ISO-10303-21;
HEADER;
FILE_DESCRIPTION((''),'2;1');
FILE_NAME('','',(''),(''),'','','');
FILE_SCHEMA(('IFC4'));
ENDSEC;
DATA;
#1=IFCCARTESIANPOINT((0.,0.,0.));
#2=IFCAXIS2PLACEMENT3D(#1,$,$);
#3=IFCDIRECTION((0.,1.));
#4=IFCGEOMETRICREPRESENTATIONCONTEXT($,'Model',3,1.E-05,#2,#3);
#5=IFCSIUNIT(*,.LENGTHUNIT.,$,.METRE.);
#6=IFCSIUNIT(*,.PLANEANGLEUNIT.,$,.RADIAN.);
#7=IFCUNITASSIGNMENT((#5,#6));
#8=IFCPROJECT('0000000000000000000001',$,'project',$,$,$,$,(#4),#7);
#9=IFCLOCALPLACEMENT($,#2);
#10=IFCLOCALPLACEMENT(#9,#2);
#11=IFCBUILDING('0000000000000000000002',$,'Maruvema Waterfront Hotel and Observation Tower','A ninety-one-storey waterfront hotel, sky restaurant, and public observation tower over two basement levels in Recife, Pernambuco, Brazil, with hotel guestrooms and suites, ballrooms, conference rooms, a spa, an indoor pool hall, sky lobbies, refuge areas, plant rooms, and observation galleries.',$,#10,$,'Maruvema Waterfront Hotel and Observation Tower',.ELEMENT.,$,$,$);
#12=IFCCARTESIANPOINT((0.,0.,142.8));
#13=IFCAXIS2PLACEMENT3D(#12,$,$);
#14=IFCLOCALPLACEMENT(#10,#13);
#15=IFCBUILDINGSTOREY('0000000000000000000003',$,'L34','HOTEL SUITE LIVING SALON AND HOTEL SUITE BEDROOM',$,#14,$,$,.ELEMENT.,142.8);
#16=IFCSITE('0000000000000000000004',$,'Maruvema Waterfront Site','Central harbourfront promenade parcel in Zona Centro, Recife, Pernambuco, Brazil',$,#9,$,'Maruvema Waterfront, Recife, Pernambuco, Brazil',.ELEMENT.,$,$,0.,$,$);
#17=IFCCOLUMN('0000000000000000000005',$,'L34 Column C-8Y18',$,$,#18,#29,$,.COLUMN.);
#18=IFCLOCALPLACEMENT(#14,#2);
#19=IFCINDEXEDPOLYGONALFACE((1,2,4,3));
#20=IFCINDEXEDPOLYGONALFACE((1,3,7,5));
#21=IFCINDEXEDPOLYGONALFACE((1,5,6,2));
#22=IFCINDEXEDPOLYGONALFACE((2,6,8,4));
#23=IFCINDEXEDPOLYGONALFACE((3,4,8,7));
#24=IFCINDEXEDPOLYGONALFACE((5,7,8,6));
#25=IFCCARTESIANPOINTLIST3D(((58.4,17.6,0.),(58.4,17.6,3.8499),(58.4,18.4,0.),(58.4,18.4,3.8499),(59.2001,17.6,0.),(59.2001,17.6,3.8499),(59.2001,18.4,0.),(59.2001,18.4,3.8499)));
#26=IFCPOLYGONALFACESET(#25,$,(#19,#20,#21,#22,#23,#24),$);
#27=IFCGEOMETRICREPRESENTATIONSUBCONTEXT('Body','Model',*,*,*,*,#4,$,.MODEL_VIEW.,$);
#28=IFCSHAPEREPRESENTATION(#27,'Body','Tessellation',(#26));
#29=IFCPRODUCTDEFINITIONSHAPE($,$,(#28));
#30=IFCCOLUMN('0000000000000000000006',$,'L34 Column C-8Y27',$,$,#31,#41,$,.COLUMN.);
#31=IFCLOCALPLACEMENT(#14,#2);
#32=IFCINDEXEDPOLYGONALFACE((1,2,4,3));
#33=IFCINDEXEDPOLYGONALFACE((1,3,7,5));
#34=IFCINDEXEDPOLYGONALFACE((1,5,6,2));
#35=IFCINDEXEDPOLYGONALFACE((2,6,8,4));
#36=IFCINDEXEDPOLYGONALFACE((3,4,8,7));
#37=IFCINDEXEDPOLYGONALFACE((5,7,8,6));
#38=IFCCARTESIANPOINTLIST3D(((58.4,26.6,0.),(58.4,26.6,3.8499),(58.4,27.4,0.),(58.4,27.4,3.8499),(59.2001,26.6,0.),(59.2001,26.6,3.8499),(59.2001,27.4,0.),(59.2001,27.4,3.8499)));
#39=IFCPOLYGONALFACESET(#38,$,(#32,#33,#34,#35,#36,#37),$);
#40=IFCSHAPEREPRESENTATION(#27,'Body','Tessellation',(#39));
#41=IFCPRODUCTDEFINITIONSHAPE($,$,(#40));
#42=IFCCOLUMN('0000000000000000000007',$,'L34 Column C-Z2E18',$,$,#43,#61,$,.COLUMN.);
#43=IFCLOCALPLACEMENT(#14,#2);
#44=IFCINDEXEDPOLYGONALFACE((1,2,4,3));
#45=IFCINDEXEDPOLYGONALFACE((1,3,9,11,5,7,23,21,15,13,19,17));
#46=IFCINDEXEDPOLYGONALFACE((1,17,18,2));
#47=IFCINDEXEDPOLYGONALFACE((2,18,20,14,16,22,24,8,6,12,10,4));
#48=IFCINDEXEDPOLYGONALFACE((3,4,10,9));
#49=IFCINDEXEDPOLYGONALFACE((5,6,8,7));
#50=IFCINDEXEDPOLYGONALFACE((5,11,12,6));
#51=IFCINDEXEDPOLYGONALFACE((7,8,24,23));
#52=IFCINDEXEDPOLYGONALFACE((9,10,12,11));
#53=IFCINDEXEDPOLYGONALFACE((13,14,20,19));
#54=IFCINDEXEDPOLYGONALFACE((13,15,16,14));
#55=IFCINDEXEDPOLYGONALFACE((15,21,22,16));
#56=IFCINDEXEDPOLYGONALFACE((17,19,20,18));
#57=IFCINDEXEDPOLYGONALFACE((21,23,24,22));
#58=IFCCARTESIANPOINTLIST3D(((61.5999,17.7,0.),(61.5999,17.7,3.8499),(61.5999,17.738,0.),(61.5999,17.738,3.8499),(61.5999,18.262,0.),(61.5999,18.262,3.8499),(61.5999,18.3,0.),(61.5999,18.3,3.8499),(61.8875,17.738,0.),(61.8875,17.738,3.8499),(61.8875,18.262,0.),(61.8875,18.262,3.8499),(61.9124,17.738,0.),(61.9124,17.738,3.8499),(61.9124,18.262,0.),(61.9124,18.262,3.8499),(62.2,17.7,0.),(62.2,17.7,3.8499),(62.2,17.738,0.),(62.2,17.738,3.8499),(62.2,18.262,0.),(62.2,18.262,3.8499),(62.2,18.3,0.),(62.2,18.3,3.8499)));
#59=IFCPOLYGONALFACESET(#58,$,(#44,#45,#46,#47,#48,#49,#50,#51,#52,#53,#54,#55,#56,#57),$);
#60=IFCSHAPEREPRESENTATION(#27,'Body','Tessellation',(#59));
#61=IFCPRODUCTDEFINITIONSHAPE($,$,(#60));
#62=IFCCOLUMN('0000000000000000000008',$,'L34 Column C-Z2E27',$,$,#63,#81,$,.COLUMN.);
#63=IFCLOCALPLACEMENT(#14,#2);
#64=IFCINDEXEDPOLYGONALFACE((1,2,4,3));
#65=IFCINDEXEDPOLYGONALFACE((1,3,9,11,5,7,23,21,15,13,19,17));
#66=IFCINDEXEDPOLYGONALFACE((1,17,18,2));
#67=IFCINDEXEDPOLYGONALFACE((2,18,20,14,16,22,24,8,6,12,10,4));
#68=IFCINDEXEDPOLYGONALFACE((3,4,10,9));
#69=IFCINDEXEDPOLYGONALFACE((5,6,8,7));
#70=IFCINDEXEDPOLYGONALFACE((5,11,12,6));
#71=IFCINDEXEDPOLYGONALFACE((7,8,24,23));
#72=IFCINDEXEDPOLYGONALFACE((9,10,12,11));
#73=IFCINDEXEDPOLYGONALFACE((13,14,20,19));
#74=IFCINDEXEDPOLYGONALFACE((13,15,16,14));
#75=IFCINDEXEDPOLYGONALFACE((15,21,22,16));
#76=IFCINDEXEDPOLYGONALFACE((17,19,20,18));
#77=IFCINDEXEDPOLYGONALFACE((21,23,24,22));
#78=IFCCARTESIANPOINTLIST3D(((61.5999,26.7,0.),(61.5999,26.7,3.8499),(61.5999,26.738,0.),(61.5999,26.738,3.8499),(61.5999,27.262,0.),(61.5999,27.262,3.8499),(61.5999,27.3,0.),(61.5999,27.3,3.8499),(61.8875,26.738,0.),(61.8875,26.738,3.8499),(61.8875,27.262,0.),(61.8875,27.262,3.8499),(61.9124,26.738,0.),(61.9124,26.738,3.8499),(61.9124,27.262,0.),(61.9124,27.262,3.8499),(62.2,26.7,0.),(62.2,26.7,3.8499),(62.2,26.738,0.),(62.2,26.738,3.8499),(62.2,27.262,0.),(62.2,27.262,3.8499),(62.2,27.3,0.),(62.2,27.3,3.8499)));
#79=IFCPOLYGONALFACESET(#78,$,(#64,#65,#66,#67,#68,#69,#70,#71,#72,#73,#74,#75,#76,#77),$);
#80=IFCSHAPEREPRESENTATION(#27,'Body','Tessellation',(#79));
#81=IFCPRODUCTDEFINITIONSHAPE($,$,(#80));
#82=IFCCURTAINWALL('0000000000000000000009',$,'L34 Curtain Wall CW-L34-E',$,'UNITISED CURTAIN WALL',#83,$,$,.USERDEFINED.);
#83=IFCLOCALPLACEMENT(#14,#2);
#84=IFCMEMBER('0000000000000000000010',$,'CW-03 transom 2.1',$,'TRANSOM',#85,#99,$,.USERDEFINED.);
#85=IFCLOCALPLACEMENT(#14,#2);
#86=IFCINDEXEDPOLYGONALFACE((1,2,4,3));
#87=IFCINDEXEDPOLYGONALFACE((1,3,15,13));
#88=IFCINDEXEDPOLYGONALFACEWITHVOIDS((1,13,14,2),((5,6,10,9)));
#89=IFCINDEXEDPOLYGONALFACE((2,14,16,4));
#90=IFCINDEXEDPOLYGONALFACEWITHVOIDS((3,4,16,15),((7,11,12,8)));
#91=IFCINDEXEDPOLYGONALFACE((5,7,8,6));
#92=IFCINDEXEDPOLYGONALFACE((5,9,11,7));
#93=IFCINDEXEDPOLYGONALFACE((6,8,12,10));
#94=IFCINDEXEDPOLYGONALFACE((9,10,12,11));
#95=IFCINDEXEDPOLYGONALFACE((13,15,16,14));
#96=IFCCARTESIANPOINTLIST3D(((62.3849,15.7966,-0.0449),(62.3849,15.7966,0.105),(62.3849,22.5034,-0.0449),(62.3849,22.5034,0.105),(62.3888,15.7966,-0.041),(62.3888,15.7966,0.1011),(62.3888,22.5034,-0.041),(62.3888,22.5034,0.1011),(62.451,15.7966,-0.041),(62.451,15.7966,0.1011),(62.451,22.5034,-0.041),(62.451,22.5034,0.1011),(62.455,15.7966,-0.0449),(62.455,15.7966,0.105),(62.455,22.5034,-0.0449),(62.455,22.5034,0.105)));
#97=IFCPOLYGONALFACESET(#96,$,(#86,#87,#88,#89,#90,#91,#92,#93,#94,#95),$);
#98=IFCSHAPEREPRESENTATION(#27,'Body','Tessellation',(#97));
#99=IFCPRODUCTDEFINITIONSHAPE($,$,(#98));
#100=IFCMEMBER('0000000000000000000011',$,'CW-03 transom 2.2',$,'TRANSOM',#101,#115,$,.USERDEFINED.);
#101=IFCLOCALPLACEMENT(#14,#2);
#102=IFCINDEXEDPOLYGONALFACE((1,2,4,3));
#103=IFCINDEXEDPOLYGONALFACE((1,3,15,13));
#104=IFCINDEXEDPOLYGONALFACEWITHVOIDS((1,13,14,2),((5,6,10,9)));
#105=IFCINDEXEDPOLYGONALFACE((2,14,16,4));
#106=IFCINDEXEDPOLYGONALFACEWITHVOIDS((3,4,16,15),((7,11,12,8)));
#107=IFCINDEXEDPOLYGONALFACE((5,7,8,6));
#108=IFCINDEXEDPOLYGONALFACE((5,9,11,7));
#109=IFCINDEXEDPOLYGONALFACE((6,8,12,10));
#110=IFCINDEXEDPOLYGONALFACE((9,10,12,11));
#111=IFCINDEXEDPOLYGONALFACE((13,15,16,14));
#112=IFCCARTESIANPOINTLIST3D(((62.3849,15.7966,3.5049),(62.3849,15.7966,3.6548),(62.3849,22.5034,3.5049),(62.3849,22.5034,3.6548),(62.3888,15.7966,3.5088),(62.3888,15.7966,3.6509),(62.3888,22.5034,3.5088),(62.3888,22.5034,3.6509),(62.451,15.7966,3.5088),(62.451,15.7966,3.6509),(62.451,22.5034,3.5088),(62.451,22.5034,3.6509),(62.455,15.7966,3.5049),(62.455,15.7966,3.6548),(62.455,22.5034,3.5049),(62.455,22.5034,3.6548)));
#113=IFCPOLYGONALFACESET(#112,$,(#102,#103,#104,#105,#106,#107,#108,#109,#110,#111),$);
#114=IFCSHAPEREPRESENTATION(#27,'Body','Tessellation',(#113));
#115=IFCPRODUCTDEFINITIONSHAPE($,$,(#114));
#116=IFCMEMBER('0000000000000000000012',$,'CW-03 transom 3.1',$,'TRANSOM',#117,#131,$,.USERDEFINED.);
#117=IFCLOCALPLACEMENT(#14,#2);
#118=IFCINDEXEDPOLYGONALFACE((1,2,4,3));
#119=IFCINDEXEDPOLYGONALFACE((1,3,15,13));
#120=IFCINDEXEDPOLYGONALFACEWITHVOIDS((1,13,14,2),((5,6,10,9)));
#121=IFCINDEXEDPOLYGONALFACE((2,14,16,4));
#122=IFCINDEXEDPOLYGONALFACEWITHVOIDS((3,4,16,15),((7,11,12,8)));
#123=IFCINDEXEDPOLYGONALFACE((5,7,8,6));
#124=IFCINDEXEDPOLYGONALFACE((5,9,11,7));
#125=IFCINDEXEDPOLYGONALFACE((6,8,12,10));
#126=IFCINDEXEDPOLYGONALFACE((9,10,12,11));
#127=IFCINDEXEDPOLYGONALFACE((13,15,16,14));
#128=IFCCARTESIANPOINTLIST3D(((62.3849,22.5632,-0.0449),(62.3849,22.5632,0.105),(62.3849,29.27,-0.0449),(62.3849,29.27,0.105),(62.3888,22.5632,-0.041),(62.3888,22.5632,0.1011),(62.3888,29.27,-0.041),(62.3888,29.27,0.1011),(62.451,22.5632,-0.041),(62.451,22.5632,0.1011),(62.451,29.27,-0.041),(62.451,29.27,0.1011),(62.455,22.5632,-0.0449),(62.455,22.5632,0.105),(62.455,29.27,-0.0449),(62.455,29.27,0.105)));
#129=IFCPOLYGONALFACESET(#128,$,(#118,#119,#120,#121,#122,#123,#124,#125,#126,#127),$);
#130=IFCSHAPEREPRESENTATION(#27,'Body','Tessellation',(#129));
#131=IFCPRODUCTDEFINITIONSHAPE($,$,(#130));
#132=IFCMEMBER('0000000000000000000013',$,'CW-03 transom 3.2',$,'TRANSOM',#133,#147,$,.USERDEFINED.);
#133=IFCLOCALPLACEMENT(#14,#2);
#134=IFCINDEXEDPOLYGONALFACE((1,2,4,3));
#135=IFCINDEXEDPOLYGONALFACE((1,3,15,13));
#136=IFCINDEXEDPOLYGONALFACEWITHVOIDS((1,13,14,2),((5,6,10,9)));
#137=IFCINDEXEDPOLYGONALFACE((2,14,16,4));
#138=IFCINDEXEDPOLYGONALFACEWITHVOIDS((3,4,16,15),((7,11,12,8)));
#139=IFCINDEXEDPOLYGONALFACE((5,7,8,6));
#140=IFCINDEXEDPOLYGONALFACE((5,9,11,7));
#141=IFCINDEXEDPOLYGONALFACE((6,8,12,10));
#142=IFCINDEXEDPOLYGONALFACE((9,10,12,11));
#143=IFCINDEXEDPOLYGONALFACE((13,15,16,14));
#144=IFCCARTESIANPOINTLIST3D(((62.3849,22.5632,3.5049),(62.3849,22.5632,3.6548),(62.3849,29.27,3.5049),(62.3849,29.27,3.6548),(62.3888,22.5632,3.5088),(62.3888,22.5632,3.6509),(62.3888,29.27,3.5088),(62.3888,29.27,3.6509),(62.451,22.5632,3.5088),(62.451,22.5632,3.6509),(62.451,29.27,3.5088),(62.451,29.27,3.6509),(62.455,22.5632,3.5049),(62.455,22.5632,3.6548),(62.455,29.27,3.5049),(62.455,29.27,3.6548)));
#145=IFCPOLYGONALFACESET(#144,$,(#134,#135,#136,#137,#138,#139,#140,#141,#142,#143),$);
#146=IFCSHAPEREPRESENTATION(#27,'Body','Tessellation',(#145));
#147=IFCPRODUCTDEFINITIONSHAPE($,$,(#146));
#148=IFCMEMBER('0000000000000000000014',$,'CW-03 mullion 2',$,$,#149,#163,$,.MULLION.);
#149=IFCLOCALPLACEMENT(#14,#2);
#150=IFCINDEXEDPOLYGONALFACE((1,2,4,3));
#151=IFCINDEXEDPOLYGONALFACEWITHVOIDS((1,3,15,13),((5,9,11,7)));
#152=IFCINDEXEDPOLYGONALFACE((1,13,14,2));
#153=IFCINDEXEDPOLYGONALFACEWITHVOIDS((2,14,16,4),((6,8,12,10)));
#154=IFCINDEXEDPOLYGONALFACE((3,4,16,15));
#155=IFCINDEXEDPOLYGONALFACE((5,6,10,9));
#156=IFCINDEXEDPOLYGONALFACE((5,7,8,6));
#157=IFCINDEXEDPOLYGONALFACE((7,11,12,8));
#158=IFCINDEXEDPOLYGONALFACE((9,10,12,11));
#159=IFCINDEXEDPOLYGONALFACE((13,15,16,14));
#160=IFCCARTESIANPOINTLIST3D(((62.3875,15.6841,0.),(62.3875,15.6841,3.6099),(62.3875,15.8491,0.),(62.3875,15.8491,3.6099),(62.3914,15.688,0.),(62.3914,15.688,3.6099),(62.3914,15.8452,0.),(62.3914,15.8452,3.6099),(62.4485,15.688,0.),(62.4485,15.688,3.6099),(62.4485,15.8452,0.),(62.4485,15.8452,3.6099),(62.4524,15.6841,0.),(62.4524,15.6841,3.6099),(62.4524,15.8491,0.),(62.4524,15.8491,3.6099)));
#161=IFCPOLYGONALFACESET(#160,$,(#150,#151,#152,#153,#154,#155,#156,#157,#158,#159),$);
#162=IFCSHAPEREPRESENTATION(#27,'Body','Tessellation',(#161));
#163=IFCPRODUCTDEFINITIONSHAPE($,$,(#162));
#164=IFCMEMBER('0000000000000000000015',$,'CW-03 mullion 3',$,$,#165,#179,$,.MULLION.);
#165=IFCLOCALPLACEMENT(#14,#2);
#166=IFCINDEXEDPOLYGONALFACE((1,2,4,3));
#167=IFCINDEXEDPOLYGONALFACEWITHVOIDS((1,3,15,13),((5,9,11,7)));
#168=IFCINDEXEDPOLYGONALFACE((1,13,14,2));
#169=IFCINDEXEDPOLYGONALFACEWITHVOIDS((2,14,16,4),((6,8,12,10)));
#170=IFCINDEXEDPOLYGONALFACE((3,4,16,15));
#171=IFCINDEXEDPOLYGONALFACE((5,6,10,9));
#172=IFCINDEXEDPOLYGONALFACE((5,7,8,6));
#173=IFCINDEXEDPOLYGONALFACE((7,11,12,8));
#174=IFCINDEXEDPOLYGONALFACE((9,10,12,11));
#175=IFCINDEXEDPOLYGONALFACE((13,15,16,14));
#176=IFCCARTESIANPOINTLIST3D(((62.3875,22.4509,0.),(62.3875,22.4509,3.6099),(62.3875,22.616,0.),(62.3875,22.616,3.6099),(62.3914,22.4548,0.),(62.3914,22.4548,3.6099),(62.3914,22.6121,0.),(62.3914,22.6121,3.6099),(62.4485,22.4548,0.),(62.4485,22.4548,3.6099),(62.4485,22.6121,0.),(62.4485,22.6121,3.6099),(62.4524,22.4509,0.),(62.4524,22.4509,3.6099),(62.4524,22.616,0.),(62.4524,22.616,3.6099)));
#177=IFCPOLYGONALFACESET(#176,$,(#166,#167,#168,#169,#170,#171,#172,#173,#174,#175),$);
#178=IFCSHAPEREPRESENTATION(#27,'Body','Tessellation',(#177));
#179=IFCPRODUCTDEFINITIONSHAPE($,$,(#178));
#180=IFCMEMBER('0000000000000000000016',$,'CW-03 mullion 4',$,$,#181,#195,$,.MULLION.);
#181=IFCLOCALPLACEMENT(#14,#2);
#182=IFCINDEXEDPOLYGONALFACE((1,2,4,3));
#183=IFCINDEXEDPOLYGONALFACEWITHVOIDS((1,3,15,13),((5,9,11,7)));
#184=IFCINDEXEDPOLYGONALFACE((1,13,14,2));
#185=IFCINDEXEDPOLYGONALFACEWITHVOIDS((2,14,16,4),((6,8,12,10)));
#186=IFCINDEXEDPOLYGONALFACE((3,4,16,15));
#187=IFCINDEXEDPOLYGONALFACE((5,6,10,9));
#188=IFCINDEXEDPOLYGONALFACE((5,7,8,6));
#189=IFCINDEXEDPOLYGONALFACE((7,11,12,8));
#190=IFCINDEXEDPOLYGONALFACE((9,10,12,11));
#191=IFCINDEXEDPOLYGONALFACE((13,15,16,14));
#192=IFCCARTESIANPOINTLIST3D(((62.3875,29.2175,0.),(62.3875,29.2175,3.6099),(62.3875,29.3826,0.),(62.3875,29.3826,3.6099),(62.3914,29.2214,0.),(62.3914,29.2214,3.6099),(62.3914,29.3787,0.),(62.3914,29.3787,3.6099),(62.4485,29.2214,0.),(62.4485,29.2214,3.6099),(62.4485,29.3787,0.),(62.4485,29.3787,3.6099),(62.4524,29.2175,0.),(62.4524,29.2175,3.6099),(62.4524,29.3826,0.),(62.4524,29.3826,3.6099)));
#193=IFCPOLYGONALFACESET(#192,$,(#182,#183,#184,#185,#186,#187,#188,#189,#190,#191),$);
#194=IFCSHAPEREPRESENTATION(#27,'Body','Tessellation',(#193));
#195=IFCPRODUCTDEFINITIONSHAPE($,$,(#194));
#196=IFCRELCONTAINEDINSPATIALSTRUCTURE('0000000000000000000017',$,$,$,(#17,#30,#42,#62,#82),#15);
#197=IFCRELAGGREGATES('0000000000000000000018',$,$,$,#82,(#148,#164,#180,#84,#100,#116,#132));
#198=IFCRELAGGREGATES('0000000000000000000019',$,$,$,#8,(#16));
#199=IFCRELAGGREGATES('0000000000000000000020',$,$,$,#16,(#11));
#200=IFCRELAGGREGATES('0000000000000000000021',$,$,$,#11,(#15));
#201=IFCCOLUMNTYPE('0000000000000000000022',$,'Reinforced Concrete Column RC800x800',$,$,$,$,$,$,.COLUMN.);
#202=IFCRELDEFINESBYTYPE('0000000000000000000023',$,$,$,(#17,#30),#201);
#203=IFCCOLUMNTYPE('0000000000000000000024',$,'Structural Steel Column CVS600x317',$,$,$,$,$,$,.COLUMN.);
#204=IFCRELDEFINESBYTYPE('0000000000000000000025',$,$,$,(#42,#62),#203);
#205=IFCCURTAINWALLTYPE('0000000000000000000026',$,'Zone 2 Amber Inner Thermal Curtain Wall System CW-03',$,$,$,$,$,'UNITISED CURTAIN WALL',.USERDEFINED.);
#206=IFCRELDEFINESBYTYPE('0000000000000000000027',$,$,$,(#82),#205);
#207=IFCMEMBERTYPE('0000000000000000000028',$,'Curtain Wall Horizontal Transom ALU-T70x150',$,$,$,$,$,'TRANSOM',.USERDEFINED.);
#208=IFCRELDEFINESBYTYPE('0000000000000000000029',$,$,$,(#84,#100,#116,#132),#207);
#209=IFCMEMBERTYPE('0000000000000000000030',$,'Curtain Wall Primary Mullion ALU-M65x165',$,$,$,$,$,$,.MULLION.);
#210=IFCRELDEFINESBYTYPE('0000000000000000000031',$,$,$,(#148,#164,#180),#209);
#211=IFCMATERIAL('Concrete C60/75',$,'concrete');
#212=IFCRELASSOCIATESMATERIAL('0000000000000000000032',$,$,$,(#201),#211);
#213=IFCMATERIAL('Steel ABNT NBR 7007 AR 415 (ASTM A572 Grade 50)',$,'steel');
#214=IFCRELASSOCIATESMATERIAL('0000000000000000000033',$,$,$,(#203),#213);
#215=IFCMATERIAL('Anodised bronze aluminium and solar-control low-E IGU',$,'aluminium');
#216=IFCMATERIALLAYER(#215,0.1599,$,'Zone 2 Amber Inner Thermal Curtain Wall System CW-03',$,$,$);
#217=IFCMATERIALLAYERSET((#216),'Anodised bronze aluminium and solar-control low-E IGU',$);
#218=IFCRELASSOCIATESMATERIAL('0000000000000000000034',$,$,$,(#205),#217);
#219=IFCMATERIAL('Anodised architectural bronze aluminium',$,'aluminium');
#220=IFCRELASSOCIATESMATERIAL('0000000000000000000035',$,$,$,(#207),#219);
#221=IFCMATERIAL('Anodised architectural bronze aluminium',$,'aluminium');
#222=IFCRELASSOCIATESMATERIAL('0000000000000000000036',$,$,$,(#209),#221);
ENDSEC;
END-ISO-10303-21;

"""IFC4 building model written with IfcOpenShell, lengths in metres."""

from ifc_helpers import new_model, si_unit, direction, frame, origin, origin_2d, place, context, subcontext, project, spatial, rectangle, hollow_rectangle, i_section, extrude, material, layer, layer_set, material_profile, profile_set, type_object, element, aggregate, save


model = new_model("IFC4")

# Units and contexts
model_context = context("Model", 3, precision=1e-05, world=origin(), true_north=direction((0.0, 1.0)))
body_context = subcontext(model_context, "Body", "Model", "MODEL_VIEW")
ifc_project = project(units=[si_unit("LENGTHUNIT", "METRE"), si_unit("PLANEANGLEUNIT", "RADIAN")], contexts=[model_context])

# Site, building, storey
site_placement = place(None, origin())
site = spatial("IfcSite", under=ifc_project, at=site_placement, Name="Maruvema Waterfront Site", Description="Central harbourfront promenade parcel in Zona Centro, Recife, Pernambuco, Brazil", LongName="Maruvema Waterfront, Recife, Pernambuco, Brazil", CompositionType="ELEMENT", RefElevation=0.0)
building_placement = place(site_placement, origin())
building = spatial("IfcBuilding", under=site, at=building_placement, Name="Maruvema Waterfront Hotel and Observation Tower", Description="A ninety-one-storey waterfront hotel, sky restaurant, and public observation tower over two basement levels in Recife, Pernambuco, Brazil, with hotel guestrooms and suites, ballrooms, conference rooms, a spa, an indoor pool hall, sky lobbies, refuge areas, plant rooms, and observation galleries.", LongName="Maruvema Waterfront Hotel and Observation Tower", CompositionType="ELEMENT")
storey_placement = place(building_placement, frame((0.0, 0.0, 142.8)))
storey = spatial("IfcBuildingStorey", under=building, at=storey_placement, Name="L34", Description="HOTEL SUITE LIVING SALON AND HOTEL SUITE BEDROOM", CompositionType="ELEMENT", Elevation=142.8)

# Columns
ifc_material_1 = material(Name="Concrete C60/75", Category="concrete")
ifc_material_profile_1 = material_profile(ifc_material_1, rectangle(XDim=0.8, YDim=0.8, at=origin_2d()), Name="RC800x800")
ifc_profile_set_1 = profile_set([ifc_material_profile_1], Name="Concrete C60/75")
column_type_1 = type_object("IfcColumnType", Name="Reinforced Concrete Column RC800x800", PredefinedType="COLUMN", material=ifc_profile_set_1)
for number, where, z_axis, x_axis, name in (
    (1, (58.8, 18.0, 0.0), (0.0, 0.0, 1.0), (1.0, 0.0, 0.0), "L34 Column C-8Y18"),
    (2, (58.8, 27.0, 0.0), (0.0, 0.0, 1.0), (1.0, 0.0, 0.0), "L34 Column C-8Y27"),
):
    element("IfcColumn", number, at=place(storey_placement, frame(where, z_axis=z_axis, x_axis=x_axis)), inside=storey, type_object=column_type_1, Name=name, PredefinedType="COLUMN", context=body_context, shape_type="SweptSolid", body=[
        extrude(rectangle(XDim=0.8, YDim=0.8, at=origin_2d()), origin(), (0.0, 0.0, 1.0), 3.8499),
    ])
ifc_material_2 = material(Name="Steel ABNT NBR 7007 AR 415 (ASTM A572 Grade 50)", Category="steel")
ifc_material_profile_2 = material_profile(ifc_material_2, i_section(OverallWidth=0.6001, OverallDepth=0.6001, WebThickness=0.0249, FlangeThickness=0.0381, at=origin_2d()), Name="CVS600x317")
ifc_profile_set_2 = profile_set([ifc_material_profile_2], Name="Steel ABNT NBR 7007 AR 415 (ASTM A572 Grade 50)")
column_type_2 = type_object("IfcColumnType", Name="Structural Steel Column CVS600x317", PredefinedType="COLUMN", material=ifc_profile_set_2)
for number, where, z_axis, x_axis, name in (
    (3, (61.8999, 18.0, 0.0), (0.0, 0.0, 1.0), (1.0, 0.0, 0.0), "L34 Column C-Z2E18"),
    (4, (61.8999, 27.0, 0.0), (0.0, 0.0, 1.0), (1.0, 0.0, 0.0), "L34 Column C-Z2E27"),
):
    element("IfcColumn", number, at=place(storey_placement, frame(where, z_axis=z_axis, x_axis=x_axis)), inside=storey, type_object=column_type_2, Name=name, PredefinedType="COLUMN", context=body_context, shape_type="SweptSolid", body=[
        extrude(i_section(OverallWidth=0.6001, OverallDepth=0.6001, WebThickness=0.0249, FlangeThickness=0.0381, at=origin_2d()), origin(), (0.0, 0.0, 1.0), 3.8499),
    ])

# Curtain wall, members
ifc_material_3 = material(Name="Anodised bronze aluminium and solar-control low-E IGU", Category="aluminium")
ifc_layer_1 = layer(ifc_material_3, 0.1599, Name="Zone 2 Amber Inner Thermal Curtain Wall System CW-03")
ifc_layer_set_1 = layer_set([ifc_layer_1], Name="Anodised bronze aluminium and solar-control low-E IGU")
curtain_wall_type = type_object("IfcCurtainWallType", Name="Zone 2 Amber Inner Thermal Curtain Wall System CW-03", ElementType="UNITISED CURTAIN WALL", PredefinedType="USERDEFINED", material=ifc_layer_set_1)
curtain_wall_placement = place(storey_placement, origin())
curtain_wall = element("IfcCurtainWall", 5, at=curtain_wall_placement, inside=storey, type_object=curtain_wall_type, Name="L34 Curtain Wall CW-L34-E", ObjectType="UNITISED CURTAIN WALL", PredefinedType="USERDEFINED")
ifc_material_4 = material(Name="Anodised architectural bronze aluminium", Category="aluminium")
ifc_material_profile_3 = material_profile(ifc_material_4, hollow_rectangle(XDim=0.0701, YDim=0.1499, WallThickness=0.0039, at=origin_2d()), Name="ALU-T70x150")
ifc_profile_set_3 = profile_set([ifc_material_profile_3], Name="Anodised architectural bronze aluminium")
member_type_1 = type_object("IfcMemberType", Name="Curtain Wall Horizontal Transom ALU-T70x150", ElementType="TRANSOM", PredefinedType="USERDEFINED", material=ifc_profile_set_3)
member_1_placement = place(storey_placement, frame((62.4199, 15.7966, 0.03), z_axis=(0.0, 1.0, 0.0), x_axis=(-1.0, 0.0, 0.0)))
member_1 = element("IfcMember", 6, at=member_1_placement, type_object=member_type_1, Name="CW-03 transom 2.1", ObjectType="TRANSOM", PredefinedType="USERDEFINED", context=body_context, shape_type="SweptSolid", body=[
    extrude(hollow_rectangle(XDim=0.0701, YDim=0.1499, WallThickness=0.0039, at=origin_2d()), origin(), (0.0, 0.0, 1.0), 6.7068),
])
member_2_placement = place(storey_placement, frame((62.4199, 15.7966, 3.5798), z_axis=(0.0, 1.0, 0.0), x_axis=(-1.0, 0.0, 0.0)))
member_2 = element("IfcMember", 7, at=member_2_placement, type_object=member_type_1, Name="CW-03 transom 2.2", ObjectType="TRANSOM", PredefinedType="USERDEFINED", context=body_context, shape_type="SweptSolid", body=[
    extrude(hollow_rectangle(XDim=0.0701, YDim=0.1499, WallThickness=0.0039, at=origin_2d()), origin(), (0.0, 0.0, 1.0), 6.7068),
])
member_3_placement = place(storey_placement, frame((62.4199, 22.5632, 0.03), z_axis=(0.0, 1.0, 0.0), x_axis=(-1.0, 0.0, 0.0)))
member_3 = element("IfcMember", 8, at=member_3_placement, type_object=member_type_1, Name="CW-03 transom 3.1", ObjectType="TRANSOM", PredefinedType="USERDEFINED", context=body_context, shape_type="SweptSolid", body=[
    extrude(hollow_rectangle(XDim=0.0701, YDim=0.1499, WallThickness=0.0039, at=origin_2d()), origin(), (0.0, 0.0, 1.0), 6.7068),
])
member_4_placement = place(storey_placement, frame((62.4199, 22.5632, 3.5798), z_axis=(0.0, 1.0, 0.0), x_axis=(-1.0, 0.0, 0.0)))
member_4 = element("IfcMember", 9, at=member_4_placement, type_object=member_type_1, Name="CW-03 transom 3.2", ObjectType="TRANSOM", PredefinedType="USERDEFINED", context=body_context, shape_type="SweptSolid", body=[
    extrude(hollow_rectangle(XDim=0.0701, YDim=0.1499, WallThickness=0.0039, at=origin_2d()), origin(), (0.0, 0.0, 1.0), 6.7068),
])
ifc_material_5 = material(Name="Anodised architectural bronze aluminium", Category="aluminium")
ifc_material_profile_4 = material_profile(ifc_material_5, hollow_rectangle(XDim=0.0649, YDim=0.165, WallThickness=0.0039, at=origin_2d()), Name="ALU-M65x165")
ifc_profile_set_4 = profile_set([ifc_material_profile_4], Name="Anodised architectural bronze aluminium")
member_type_2 = type_object("IfcMemberType", Name="Curtain Wall Primary Mullion ALU-M65x165", PredefinedType="MULLION", material=ifc_profile_set_4)
member_5_placement = place(storey_placement, frame((62.4199, 15.7666, 0.0), z_axis=(0.0, 0.0, 1.0), x_axis=(-1.0, 0.0, 0.0)))
member_5 = element("IfcMember", 10, at=member_5_placement, type_object=member_type_2, Name="CW-03 mullion 2", PredefinedType="MULLION", context=body_context, shape_type="SweptSolid", body=[
    extrude(hollow_rectangle(XDim=0.0649, YDim=0.165, WallThickness=0.0039, at=origin_2d()), origin(), (0.0, 0.0, 1.0), 3.6099),
])
member_6_placement = place(storey_placement, frame((62.4199, 22.5334, 0.0), z_axis=(0.0, 0.0, 1.0), x_axis=(-1.0, 0.0, 0.0)))
member_6 = element("IfcMember", 11, at=member_6_placement, type_object=member_type_2, Name="CW-03 mullion 3", PredefinedType="MULLION", context=body_context, shape_type="SweptSolid", body=[
    extrude(hollow_rectangle(XDim=0.0649, YDim=0.165, WallThickness=0.0039, at=origin_2d()), origin(), (0.0, 0.0, 1.0), 3.6099),
])
member_7_placement = place(storey_placement, frame((62.4199, 29.3, 0.0), z_axis=(0.0, 0.0, 1.0), x_axis=(-1.0, 0.0, 0.0)))
member_7 = element("IfcMember", 12, at=member_7_placement, type_object=member_type_2, Name="CW-03 mullion 4", PredefinedType="MULLION", context=body_context, shape_type="SweptSolid", body=[
    extrude(hollow_rectangle(XDim=0.0649, YDim=0.165, WallThickness=0.0039, at=origin_2d()), origin(), (0.0, 0.0, 1.0), 3.6099),
])

aggregate(curtain_wall, [member_5, member_6, member_7, member_1, member_2, member_3, member_4])

save(model, "model.ifc")
